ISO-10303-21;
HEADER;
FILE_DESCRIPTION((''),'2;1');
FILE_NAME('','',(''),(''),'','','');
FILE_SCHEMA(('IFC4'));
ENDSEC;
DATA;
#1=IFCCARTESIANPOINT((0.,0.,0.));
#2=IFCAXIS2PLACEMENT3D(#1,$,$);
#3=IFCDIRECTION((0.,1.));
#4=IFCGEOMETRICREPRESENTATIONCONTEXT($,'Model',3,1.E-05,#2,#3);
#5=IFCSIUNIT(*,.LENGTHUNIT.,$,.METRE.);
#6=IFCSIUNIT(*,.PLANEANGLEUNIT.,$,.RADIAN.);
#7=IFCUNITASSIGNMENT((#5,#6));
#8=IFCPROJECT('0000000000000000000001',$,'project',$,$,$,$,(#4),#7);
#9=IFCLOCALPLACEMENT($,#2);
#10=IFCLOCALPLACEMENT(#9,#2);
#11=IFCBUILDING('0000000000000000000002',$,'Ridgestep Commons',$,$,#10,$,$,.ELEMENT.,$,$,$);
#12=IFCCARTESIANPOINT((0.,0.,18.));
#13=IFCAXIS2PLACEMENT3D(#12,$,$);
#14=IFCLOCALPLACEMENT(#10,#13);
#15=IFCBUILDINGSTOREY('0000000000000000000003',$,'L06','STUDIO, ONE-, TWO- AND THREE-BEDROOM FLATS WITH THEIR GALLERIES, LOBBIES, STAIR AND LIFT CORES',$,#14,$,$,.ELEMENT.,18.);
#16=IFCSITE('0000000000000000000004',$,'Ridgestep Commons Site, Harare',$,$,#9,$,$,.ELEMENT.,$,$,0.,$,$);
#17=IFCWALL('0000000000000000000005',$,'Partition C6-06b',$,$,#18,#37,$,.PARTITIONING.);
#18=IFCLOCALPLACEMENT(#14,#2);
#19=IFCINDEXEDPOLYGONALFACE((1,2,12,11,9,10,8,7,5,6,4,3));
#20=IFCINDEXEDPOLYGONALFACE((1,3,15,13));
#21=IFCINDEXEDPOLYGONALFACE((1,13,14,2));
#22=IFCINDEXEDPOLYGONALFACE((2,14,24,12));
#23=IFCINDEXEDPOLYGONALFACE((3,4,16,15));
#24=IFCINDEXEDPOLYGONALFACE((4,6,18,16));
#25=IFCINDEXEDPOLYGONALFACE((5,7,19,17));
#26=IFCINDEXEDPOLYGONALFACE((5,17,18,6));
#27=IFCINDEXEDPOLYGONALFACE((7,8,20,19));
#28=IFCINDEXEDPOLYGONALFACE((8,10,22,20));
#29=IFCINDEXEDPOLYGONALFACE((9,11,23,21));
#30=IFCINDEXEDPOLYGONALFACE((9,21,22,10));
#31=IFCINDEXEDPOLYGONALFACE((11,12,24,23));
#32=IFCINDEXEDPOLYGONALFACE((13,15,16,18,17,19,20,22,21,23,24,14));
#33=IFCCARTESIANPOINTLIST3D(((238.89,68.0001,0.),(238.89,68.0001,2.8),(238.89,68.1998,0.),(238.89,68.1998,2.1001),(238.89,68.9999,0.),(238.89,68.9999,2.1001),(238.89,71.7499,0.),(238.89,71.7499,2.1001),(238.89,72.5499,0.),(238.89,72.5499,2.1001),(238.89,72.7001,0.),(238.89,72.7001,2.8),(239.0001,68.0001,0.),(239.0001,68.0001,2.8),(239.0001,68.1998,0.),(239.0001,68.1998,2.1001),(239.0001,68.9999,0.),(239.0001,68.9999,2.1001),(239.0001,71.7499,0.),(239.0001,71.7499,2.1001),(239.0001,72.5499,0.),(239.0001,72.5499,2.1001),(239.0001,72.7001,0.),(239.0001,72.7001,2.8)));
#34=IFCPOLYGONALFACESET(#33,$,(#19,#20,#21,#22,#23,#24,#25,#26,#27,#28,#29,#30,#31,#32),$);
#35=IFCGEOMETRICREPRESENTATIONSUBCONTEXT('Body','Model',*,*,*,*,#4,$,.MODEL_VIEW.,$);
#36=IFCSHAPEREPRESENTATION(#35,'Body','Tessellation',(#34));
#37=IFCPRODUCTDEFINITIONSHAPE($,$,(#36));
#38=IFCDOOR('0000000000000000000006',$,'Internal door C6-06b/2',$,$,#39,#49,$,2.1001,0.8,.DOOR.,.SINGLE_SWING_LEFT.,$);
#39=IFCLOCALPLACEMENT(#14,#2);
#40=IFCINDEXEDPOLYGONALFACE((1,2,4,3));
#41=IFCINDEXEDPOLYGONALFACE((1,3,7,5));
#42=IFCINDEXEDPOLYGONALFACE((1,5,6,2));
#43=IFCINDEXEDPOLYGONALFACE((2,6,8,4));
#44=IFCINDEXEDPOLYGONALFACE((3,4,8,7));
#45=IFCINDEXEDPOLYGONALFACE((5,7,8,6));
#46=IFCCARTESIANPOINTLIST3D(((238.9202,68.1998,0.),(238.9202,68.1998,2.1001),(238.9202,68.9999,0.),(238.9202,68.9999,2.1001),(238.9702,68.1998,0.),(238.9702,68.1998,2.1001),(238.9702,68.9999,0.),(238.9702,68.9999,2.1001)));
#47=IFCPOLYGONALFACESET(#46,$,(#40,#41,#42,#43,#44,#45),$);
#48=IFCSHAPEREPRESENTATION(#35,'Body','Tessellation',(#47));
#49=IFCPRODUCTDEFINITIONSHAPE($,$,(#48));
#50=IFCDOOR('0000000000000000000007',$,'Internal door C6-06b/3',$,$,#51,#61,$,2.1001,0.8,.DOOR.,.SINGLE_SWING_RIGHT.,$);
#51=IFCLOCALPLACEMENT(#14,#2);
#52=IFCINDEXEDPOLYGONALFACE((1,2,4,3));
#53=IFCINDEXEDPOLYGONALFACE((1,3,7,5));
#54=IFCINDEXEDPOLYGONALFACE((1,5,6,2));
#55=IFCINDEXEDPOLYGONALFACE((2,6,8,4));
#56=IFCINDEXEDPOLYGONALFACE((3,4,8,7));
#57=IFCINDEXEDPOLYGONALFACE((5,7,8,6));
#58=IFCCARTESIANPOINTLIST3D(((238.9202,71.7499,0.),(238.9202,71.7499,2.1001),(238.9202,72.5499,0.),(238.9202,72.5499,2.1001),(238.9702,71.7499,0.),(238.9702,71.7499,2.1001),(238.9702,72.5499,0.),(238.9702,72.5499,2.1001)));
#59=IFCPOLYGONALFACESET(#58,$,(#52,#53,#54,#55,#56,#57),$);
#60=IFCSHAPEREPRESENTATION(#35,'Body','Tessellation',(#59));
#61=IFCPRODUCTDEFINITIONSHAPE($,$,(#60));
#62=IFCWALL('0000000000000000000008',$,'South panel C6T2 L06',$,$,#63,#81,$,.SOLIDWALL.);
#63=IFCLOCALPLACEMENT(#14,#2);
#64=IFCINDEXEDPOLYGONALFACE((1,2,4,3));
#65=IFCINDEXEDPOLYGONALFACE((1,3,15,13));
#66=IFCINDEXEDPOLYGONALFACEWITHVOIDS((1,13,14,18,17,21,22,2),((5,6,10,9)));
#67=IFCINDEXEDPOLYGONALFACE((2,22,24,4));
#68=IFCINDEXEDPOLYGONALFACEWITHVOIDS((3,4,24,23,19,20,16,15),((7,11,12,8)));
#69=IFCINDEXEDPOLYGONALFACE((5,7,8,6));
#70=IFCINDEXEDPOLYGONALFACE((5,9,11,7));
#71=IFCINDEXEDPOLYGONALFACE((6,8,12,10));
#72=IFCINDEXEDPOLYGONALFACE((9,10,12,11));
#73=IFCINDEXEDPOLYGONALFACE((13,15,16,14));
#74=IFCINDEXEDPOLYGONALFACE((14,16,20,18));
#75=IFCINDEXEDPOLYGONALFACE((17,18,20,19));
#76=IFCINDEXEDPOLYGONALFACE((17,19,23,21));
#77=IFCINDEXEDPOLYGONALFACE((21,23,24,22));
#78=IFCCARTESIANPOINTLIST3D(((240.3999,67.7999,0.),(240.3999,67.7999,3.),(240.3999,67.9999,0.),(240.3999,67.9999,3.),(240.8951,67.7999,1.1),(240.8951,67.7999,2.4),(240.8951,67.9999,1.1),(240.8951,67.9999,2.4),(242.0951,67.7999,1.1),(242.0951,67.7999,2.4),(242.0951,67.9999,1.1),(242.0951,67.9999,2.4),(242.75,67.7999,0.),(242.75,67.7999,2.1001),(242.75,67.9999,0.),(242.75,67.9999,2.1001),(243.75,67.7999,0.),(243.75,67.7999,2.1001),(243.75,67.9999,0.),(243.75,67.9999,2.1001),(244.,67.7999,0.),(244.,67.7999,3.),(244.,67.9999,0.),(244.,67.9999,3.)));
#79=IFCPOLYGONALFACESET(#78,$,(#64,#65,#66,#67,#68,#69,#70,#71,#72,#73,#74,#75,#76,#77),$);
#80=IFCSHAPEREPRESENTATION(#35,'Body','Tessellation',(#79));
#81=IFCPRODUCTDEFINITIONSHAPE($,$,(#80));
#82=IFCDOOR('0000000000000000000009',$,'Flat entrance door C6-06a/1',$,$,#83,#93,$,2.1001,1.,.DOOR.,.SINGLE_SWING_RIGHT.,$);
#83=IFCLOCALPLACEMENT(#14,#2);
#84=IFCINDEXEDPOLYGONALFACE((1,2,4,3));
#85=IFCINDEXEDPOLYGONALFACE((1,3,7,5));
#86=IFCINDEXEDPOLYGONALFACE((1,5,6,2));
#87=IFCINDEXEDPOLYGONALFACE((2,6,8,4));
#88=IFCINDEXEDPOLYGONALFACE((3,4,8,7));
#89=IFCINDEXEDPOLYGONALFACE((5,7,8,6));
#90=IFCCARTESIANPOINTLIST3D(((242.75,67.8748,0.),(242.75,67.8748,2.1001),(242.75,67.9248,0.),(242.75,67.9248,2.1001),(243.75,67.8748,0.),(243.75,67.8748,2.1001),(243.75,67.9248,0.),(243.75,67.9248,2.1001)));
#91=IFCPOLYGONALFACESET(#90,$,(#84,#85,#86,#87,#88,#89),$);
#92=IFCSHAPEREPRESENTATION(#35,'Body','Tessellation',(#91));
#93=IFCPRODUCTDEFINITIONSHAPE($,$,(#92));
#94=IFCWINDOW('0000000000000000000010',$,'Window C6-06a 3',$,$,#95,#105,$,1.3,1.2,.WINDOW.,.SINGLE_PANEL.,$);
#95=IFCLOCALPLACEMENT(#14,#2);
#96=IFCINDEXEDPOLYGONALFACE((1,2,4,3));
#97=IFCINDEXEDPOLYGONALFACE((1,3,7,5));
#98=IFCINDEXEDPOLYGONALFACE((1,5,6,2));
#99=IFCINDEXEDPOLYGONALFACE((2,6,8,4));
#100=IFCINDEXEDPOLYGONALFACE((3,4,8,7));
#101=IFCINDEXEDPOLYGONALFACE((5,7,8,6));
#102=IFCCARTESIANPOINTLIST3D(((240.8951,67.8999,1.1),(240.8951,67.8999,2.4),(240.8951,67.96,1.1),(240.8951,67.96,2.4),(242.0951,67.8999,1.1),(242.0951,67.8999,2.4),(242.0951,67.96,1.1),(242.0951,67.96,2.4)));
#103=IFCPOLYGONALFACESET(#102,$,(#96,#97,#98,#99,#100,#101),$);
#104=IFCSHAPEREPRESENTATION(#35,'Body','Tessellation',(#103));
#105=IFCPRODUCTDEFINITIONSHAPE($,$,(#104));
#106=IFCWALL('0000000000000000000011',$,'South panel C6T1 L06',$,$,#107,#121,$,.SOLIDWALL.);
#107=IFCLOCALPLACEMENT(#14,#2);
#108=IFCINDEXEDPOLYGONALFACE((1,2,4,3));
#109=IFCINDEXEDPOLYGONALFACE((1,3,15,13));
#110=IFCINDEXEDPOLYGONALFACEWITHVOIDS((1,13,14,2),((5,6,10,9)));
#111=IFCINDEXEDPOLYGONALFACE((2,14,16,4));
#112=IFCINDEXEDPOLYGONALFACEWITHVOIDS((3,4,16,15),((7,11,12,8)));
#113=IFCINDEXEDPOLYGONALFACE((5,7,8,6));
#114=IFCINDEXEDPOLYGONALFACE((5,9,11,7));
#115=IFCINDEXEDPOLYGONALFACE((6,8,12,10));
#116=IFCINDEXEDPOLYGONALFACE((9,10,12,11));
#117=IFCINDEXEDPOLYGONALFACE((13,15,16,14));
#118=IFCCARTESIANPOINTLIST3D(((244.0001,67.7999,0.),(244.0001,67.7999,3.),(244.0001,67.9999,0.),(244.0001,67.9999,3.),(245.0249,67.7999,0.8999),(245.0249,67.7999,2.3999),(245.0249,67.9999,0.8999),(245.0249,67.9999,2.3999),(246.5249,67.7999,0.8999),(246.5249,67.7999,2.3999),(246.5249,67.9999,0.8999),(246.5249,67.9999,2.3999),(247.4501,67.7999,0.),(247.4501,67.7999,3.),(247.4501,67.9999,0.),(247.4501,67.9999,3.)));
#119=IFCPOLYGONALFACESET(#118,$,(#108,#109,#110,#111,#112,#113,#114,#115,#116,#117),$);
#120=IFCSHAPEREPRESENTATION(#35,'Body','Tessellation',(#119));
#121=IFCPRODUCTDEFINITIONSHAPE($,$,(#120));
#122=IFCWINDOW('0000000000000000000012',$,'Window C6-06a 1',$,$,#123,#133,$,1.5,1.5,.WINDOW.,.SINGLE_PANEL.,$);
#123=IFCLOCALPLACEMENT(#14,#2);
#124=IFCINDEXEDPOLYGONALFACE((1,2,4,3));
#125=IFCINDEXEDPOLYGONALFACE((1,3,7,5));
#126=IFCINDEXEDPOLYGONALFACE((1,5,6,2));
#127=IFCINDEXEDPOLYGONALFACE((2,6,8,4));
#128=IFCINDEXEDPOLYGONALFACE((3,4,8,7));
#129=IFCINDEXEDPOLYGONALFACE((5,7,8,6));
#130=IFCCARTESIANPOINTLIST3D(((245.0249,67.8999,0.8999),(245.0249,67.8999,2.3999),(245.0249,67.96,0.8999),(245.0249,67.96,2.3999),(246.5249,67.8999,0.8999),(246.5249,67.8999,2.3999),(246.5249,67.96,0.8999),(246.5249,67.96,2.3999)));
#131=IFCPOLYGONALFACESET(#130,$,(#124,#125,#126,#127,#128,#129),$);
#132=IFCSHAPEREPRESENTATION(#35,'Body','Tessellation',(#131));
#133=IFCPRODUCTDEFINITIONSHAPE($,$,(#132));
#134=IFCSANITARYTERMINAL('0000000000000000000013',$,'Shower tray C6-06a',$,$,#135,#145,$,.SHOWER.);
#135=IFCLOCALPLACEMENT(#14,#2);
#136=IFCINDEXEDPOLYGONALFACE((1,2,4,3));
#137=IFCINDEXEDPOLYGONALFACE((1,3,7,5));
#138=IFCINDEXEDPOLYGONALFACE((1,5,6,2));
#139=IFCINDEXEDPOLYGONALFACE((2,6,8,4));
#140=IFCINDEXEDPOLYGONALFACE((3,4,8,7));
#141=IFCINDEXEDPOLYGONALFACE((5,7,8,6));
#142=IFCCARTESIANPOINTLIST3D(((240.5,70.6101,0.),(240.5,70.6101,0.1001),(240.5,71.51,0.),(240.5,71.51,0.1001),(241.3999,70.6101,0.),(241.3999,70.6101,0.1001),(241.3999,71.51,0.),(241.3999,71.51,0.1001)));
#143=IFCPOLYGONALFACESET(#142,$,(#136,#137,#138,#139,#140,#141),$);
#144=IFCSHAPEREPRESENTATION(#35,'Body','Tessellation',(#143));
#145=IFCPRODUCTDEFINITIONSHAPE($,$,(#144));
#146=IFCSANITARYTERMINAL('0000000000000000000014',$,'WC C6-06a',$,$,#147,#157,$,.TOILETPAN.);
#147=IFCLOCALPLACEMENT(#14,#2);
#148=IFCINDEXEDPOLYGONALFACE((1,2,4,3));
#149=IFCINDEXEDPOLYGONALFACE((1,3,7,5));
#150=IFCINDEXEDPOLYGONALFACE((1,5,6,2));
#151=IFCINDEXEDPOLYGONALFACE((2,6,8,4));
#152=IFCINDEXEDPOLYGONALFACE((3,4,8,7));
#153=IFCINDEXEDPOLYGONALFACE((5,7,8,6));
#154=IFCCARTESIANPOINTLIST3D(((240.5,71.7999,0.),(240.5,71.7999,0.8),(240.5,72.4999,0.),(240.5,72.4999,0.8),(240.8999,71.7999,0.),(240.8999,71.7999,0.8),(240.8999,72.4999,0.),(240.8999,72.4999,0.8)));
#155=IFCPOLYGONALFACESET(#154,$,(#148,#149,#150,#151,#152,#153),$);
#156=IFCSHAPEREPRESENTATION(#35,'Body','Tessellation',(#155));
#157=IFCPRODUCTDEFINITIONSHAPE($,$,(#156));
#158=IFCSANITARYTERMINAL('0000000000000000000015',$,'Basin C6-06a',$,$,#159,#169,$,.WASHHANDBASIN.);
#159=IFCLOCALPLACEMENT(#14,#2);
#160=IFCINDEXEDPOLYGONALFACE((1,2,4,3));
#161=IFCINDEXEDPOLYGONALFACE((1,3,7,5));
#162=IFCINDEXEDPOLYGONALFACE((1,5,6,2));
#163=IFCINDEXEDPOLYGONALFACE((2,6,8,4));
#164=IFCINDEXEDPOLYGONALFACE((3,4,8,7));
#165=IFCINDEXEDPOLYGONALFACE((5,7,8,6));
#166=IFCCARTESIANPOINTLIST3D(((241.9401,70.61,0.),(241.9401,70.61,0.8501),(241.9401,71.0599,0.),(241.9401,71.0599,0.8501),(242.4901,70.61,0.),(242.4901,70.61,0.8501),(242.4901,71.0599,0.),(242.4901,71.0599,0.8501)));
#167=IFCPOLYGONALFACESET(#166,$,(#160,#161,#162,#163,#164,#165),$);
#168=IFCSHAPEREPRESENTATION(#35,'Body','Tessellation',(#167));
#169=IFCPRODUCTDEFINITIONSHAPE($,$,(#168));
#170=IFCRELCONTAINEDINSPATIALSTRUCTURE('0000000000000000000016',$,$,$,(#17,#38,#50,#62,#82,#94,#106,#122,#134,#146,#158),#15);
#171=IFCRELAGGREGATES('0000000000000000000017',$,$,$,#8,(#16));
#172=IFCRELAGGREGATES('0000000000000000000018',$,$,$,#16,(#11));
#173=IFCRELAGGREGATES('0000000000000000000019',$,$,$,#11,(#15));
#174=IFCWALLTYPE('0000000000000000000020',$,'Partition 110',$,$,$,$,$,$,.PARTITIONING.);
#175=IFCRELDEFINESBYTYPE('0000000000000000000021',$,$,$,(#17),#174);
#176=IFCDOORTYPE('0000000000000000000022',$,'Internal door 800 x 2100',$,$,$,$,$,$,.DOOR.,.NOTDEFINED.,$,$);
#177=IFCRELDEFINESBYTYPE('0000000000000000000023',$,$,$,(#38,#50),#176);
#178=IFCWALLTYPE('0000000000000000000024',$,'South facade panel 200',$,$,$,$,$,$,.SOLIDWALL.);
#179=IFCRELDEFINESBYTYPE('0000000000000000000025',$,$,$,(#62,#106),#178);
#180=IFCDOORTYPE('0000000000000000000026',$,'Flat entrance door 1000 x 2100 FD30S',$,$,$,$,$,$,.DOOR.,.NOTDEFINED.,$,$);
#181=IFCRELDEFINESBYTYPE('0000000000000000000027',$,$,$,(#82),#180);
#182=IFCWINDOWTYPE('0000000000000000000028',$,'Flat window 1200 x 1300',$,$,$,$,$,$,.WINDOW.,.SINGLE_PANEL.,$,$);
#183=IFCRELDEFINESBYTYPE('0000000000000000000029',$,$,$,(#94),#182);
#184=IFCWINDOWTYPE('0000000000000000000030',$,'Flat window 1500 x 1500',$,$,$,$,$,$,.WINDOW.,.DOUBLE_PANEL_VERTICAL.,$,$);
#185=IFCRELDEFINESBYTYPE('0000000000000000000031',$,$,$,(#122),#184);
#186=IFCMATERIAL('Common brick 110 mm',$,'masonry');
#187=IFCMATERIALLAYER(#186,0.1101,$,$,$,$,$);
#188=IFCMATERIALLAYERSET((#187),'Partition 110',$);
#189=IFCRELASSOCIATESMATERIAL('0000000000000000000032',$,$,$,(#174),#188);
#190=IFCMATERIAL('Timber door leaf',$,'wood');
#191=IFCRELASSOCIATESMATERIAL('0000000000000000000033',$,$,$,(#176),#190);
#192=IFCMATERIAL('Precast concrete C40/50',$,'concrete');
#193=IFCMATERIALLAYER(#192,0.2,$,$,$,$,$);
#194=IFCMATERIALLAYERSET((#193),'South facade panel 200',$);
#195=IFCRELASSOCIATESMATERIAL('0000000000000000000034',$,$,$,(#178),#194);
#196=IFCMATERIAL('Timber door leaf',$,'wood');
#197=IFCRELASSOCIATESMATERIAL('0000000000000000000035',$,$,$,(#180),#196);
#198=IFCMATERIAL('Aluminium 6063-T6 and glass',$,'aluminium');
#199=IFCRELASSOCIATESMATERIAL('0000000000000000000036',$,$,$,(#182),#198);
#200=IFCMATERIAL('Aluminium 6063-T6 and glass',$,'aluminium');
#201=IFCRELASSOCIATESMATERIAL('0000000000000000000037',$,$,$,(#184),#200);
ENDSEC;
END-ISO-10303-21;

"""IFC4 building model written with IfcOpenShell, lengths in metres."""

from ifc_helpers import new_model, si_unit, direction, frame, frame_2d, origin, origin_2d, place, context, subcontext, project, spatial, rectangle, extrude, material, layer, layer_set, type_object, element, fill, save


model = new_model("IFC4")

# Units and contexts
model_context = context("Model", 3, precision=1e-05, world=origin(), true_north=direction((0.0, 1.0)))
body_context = subcontext(model_context, "Body", "Model", "MODEL_VIEW")
ifc_project = project(units=[si_unit("LENGTHUNIT", "METRE"), si_unit("PLANEANGLEUNIT", "RADIAN")], contexts=[model_context])

# Site, building, storey
site_placement = place(None, origin())
site = spatial("IfcSite", under=ifc_project, at=site_placement, Name="Ridgestep Commons Site, Harare", CompositionType="ELEMENT", RefElevation=0.0)
building_placement = place(site_placement, origin())
building = spatial("IfcBuilding", under=site, at=building_placement, Name="Ridgestep Commons", CompositionType="ELEMENT")
storey_placement = place(building_placement, frame((0.0, 0.0, 18.0)))
storey = spatial("IfcBuildingStorey", under=building, at=storey_placement, Name="L06", Description="STUDIO, ONE-, TWO- AND THREE-BEDROOM FLATS WITH THEIR GALLERIES, LOBBIES, STAIR AND LIFT CORES", CompositionType="ELEMENT", Elevation=18.0)

# Shared definitions
ifc_material_1 = material(Name="Common brick 110 mm", Category="masonry")
ifc_layer_1 = layer(ifc_material_1, 0.1101)
ifc_layer_set_1 = layer_set([ifc_layer_1], Name="Partition 110")
wall_type_1 = type_object("IfcWallType", Name="Partition 110", PredefinedType="PARTITIONING", material=ifc_layer_set_1)

# Shared definitions
ifc_material_2 = material(Name="Timber door leaf", Category="wood")
door_type_1 = type_object("IfcDoorType", Name="Internal door 800 x 2100", OperationType="NOTDEFINED", PredefinedType="DOOR", material=ifc_material_2)

# Wall, openings, doors
wall_1_placement = place(storey_placement, frame((238.9451, 68.0, 0.0), z_axis=(0.0, 0.0, 1.0), x_axis=(0.0, 1.0, 0.0)))
wall_1 = element("IfcWall", 1, at=wall_1_placement, inside=storey, type_object=wall_type_1, Name="Partition C6-06b", PredefinedType="PARTITIONING", context=body_context, shape_type="SweptSolid", body=[
    extrude(rectangle(XDim=4.7, YDim=0.1101, at=frame_2d((2.3501, 0.0))), origin(), (0.0, 0.0, 1.0), 2.8),
])
opening_1_placement = place(wall_1_placement, frame((0.2, 0.0, 0.0)))
opening_1 = element("IfcOpeningElement", 2, at=opening_1_placement, cuts=wall_1, PredefinedType="OPENING", context=body_context, shape_type="SweptSolid", body=[
    extrude(rectangle(XDim=0.8, YDim=2.1001, at=frame_2d((0.3999, 1.05))), frame((0.0, 0.0649, 0.0), z_axis=(0.0, -1.0, 0.0), x_axis=(1.0, 0.0, 0.0)), (0.0, 0.0, 1.0), 0.1301),
])
opening_2_placement = place(wall_1_placement, frame((3.75, 0.0, 0.0)))
opening_2 = element("IfcOpeningElement", 3, at=opening_2_placement, cuts=wall_1, PredefinedType="OPENING", context=body_context, shape_type="SweptSolid", body=[
    extrude(rectangle(XDim=0.8, YDim=2.1001, at=frame_2d((0.3999, 1.05))), frame((0.0, 0.0649, 0.0), z_axis=(0.0, -1.0, 0.0), x_axis=(1.0, 0.0, 0.0)), (0.0, 0.0, 1.0), 0.1301),
])
door_1_placement = place(opening_1_placement, origin())
door_1 = element("IfcDoor", 4, at=door_1_placement, inside=storey, type_object=door_type_1, Name="Internal door C6-06b/2", OperationType="SINGLE_SWING_LEFT", OverallHeight=2.1001, OverallWidth=0.8, PredefinedType="DOOR", context=body_context, shape_type="SweptSolid", body=[
    extrude(rectangle(XDim=0.8, YDim=2.1001, at=frame_2d((0.3999, 1.05))), frame((0.0, 0.0249, 0.0), z_axis=(0.0, -1.0, 0.0), x_axis=(1.0, 0.0, 0.0)), (0.0, 0.0, 1.0), 0.05),
])
fill(opening_1, door_1)
door_2_placement = place(opening_2_placement, origin())
door_2 = element("IfcDoor", 5, at=door_2_placement, inside=storey, type_object=door_type_1, Name="Internal door C6-06b/3", OperationType="SINGLE_SWING_RIGHT", OverallHeight=2.1001, OverallWidth=0.8, PredefinedType="DOOR", context=body_context, shape_type="SweptSolid", body=[
    extrude(rectangle(XDim=0.8, YDim=2.1001, at=frame_2d((0.3999, 1.05))), frame((0.0, 0.0249, 0.0), z_axis=(0.0, -1.0, 0.0), x_axis=(1.0, 0.0, 0.0)), (0.0, 0.0, 1.0), 0.05),
])
fill(opening_2, door_2)

# Wall, openings, door, window
ifc_material_3 = material(Name="Precast concrete C40/50", Category="concrete")
ifc_layer_2 = layer(ifc_material_3, 0.2)
ifc_layer_set_2 = layer_set([ifc_layer_2], Name="South facade panel 200")
wall_type_2 = type_object("IfcWallType", Name="South facade panel 200", PredefinedType="SOLIDWALL", material=ifc_layer_set_2)
wall_2_placement = place(storey_placement, frame((240.3999, 67.8999, 0.0), z_axis=(0.0, 0.0, 1.0), x_axis=(1.0, 0.0, 0.0)))
wall_2 = element("IfcWall", 6, at=wall_2_placement, inside=storey, type_object=wall_type_2, Name="South panel C6T2 L06", PredefinedType="SOLIDWALL", context=body_context, shape_type="SweptSolid", body=[
    extrude(rectangle(XDim=3.6001, YDim=0.2, at=frame_2d((1.8, 0.0))), origin(), (0.0, 0.0, 1.0), 3.0),
])
opening_3_placement = place(wall_2_placement, frame((0.4951, 0.0, 1.1001)))
opening_3 = element("IfcOpeningElement", 7, at=opening_3_placement, cuts=wall_2, PredefinedType="OPENING", context=body_context, shape_type="SweptSolid", body=[
    extrude(rectangle(XDim=1.2, YDim=1.3, at=frame_2d((0.6001, 0.6499))), frame((0.0, 0.1099, 0.0), z_axis=(0.0, -1.0, 0.0), x_axis=(1.0, 0.0, 0.0)), (0.0, 0.0, 1.0), 0.22),
])
opening_4_placement = place(wall_2_placement, frame((2.3501, 0.0, 0.0)))
opening_4 = element("IfcOpeningElement", 8, at=opening_4_placement, cuts=wall_2, PredefinedType="OPENING", context=body_context, shape_type="SweptSolid", body=[
    extrude(rectangle(XDim=1.0, YDim=2.1001, at=frame_2d((0.5, 1.05))), frame((0.0, 0.1099, 0.0), z_axis=(0.0, -1.0, 0.0), x_axis=(1.0, 0.0, 0.0)), (0.0, 0.0, 1.0), 0.22),
])
ifc_material_4 = material(Name="Timber door leaf", Category="wood")
door_type_2 = type_object("IfcDoorType", Name="Flat entrance door 1000 x 2100 FD30S", OperationType="NOTDEFINED", PredefinedType="DOOR", material=ifc_material_4)
door_3_placement = place(opening_4_placement, origin())
door_3 = element("IfcDoor", 9, at=door_3_placement, inside=storey, type_object=door_type_2, Name="Flat entrance door C6-06a/1", OperationType="SINGLE_SWING_RIGHT", OverallHeight=2.1001, OverallWidth=1.0, PredefinedType="DOOR", context=body_context, shape_type="SweptSolid", body=[
    extrude(rectangle(XDim=1.0, YDim=2.1001, at=frame_2d((0.5, 1.05))), frame((0.0, 0.0249, 0.0), z_axis=(0.0, -1.0, 0.0), x_axis=(1.0, 0.0, 0.0)), (0.0, 0.0, 1.0), 0.05),
])
fill(opening_4, door_3)
ifc_material_5 = material(Name="Aluminium 6063-T6 and glass", Category="aluminium")
window_type_1 = type_object("IfcWindowType", Name="Flat window 1200 x 1300", PartitioningType="SINGLE_PANEL", PredefinedType="WINDOW", material=ifc_material_5)
window_1_placement = place(opening_3_placement, origin())
window_1 = element("IfcWindow", 10, at=window_1_placement, inside=storey, type_object=window_type_1, Name="Window C6-06a 3", OverallHeight=1.3, OverallWidth=1.2, PartitioningType="SINGLE_PANEL", PredefinedType="WINDOW", context=body_context, shape_type="SweptSolid", body=[
    extrude(rectangle(XDim=1.2, YDim=1.3, at=frame_2d((0.6001, 0.6499))), frame((0.0, 0.0601, 0.0), z_axis=(0.0, -1.0, 0.0), x_axis=(1.0, 0.0, 0.0)), (0.0, 0.0, 1.0), 0.0601),
])
fill(opening_3, window_1)

# Wall, opening, window
wall_3_placement = place(storey_placement, frame((244.0, 67.8999, 0.0), z_axis=(0.0, 0.0, 1.0), x_axis=(1.0, 0.0, 0.0)))
wall_3 = element("IfcWall", 11, at=wall_3_placement, inside=storey, type_object=wall_type_2, Name="South panel C6T1 L06", PredefinedType="SOLIDWALL", context=body_context, shape_type="SweptSolid", body=[
    extrude(rectangle(XDim=3.45, YDim=0.2, at=frame_2d((1.7251, 0.0))), origin(), (0.0, 0.0, 1.0), 3.0),
])
opening_5_placement = place(wall_3_placement, frame((1.0249, 0.0, 0.8999)))
opening_5 = element("IfcOpeningElement", 12, at=opening_5_placement, cuts=wall_3, PredefinedType="OPENING", context=body_context, shape_type="SweptSolid", body=[
    extrude(rectangle(XDim=1.5, YDim=1.5, at=frame_2d((0.75, 0.75))), frame((0.0, 0.1099, 0.0), z_axis=(0.0, -1.0, 0.0), x_axis=(1.0, 0.0, 0.0)), (0.0, 0.0, 1.0), 0.22),
])
ifc_material_6 = material(Name="Aluminium 6063-T6 and glass", Category="aluminium")
window_type_2 = type_object("IfcWindowType", Name="Flat window 1500 x 1500", PartitioningType="DOUBLE_PANEL_VERTICAL", PredefinedType="WINDOW", material=ifc_material_6)
window_2_placement = place(opening_5_placement, origin())
window_2 = element("IfcWindow", 13, at=window_2_placement, inside=storey, type_object=window_type_2, Name="Window C6-06a 1", OverallHeight=1.5, OverallWidth=1.5, PartitioningType="SINGLE_PANEL", PredefinedType="WINDOW", context=body_context, shape_type="SweptSolid", body=[
    extrude(rectangle(XDim=1.5, YDim=1.5, at=frame_2d((0.75, 0.75))), frame((0.0, 0.0601, 0.0), z_axis=(0.0, -1.0, 0.0), x_axis=(1.0, 0.0, 0.0)), (0.0, 0.0, 1.0), 0.0601),
])
fill(opening_5, window_2)

# Sanitary terminals
sanitary_terminal_1_placement = place(storey_placement, frame((240.95, 71.0601, 0.0), z_axis=(0.0, 0.0, 1.0), x_axis=(1.0, 0.0, 0.0)))
element("IfcSanitaryTerminal", 14, at=sanitary_terminal_1_placement, inside=storey, Name="Shower tray C6-06a", PredefinedType="SHOWER", context=body_context, shape_type="SweptSolid", body=[
    extrude(rectangle(XDim=0.8999, YDim=0.8999, at=origin_2d()), origin(), (0.0, 0.0, 1.0), 0.1001),
])
sanitary_terminal_2_placement = place(storey_placement, frame((240.7, 72.1499, 0.0), z_axis=(0.0, 0.0, 1.0), x_axis=(1.0, 0.0, 0.0)))
element("IfcSanitaryTerminal", 15, at=sanitary_terminal_2_placement, inside=storey, Name="WC C6-06a", PredefinedType="TOILETPAN", context=body_context, shape_type="SweptSolid", body=[
    extrude(rectangle(XDim=0.3999, YDim=0.7, at=origin_2d()), origin(), (0.0, 0.0, 1.0), 0.8),
])
sanitary_terminal_3_placement = place(storey_placement, frame((242.2151, 70.835, 0.0), z_axis=(0.0, 0.0, 1.0), x_axis=(1.0, 0.0, 0.0)))
element("IfcSanitaryTerminal", 16, at=sanitary_terminal_3_placement, inside=storey, Name="Basin C6-06a", PredefinedType="WASHHANDBASIN", context=body_context, shape_type="SweptSolid", body=[
    extrude(rectangle(XDim=0.55, YDim=0.45, at=origin_2d()), origin(), (0.0, 0.0, 1.0), 0.8501),
])

save(model, "model.ifc")
